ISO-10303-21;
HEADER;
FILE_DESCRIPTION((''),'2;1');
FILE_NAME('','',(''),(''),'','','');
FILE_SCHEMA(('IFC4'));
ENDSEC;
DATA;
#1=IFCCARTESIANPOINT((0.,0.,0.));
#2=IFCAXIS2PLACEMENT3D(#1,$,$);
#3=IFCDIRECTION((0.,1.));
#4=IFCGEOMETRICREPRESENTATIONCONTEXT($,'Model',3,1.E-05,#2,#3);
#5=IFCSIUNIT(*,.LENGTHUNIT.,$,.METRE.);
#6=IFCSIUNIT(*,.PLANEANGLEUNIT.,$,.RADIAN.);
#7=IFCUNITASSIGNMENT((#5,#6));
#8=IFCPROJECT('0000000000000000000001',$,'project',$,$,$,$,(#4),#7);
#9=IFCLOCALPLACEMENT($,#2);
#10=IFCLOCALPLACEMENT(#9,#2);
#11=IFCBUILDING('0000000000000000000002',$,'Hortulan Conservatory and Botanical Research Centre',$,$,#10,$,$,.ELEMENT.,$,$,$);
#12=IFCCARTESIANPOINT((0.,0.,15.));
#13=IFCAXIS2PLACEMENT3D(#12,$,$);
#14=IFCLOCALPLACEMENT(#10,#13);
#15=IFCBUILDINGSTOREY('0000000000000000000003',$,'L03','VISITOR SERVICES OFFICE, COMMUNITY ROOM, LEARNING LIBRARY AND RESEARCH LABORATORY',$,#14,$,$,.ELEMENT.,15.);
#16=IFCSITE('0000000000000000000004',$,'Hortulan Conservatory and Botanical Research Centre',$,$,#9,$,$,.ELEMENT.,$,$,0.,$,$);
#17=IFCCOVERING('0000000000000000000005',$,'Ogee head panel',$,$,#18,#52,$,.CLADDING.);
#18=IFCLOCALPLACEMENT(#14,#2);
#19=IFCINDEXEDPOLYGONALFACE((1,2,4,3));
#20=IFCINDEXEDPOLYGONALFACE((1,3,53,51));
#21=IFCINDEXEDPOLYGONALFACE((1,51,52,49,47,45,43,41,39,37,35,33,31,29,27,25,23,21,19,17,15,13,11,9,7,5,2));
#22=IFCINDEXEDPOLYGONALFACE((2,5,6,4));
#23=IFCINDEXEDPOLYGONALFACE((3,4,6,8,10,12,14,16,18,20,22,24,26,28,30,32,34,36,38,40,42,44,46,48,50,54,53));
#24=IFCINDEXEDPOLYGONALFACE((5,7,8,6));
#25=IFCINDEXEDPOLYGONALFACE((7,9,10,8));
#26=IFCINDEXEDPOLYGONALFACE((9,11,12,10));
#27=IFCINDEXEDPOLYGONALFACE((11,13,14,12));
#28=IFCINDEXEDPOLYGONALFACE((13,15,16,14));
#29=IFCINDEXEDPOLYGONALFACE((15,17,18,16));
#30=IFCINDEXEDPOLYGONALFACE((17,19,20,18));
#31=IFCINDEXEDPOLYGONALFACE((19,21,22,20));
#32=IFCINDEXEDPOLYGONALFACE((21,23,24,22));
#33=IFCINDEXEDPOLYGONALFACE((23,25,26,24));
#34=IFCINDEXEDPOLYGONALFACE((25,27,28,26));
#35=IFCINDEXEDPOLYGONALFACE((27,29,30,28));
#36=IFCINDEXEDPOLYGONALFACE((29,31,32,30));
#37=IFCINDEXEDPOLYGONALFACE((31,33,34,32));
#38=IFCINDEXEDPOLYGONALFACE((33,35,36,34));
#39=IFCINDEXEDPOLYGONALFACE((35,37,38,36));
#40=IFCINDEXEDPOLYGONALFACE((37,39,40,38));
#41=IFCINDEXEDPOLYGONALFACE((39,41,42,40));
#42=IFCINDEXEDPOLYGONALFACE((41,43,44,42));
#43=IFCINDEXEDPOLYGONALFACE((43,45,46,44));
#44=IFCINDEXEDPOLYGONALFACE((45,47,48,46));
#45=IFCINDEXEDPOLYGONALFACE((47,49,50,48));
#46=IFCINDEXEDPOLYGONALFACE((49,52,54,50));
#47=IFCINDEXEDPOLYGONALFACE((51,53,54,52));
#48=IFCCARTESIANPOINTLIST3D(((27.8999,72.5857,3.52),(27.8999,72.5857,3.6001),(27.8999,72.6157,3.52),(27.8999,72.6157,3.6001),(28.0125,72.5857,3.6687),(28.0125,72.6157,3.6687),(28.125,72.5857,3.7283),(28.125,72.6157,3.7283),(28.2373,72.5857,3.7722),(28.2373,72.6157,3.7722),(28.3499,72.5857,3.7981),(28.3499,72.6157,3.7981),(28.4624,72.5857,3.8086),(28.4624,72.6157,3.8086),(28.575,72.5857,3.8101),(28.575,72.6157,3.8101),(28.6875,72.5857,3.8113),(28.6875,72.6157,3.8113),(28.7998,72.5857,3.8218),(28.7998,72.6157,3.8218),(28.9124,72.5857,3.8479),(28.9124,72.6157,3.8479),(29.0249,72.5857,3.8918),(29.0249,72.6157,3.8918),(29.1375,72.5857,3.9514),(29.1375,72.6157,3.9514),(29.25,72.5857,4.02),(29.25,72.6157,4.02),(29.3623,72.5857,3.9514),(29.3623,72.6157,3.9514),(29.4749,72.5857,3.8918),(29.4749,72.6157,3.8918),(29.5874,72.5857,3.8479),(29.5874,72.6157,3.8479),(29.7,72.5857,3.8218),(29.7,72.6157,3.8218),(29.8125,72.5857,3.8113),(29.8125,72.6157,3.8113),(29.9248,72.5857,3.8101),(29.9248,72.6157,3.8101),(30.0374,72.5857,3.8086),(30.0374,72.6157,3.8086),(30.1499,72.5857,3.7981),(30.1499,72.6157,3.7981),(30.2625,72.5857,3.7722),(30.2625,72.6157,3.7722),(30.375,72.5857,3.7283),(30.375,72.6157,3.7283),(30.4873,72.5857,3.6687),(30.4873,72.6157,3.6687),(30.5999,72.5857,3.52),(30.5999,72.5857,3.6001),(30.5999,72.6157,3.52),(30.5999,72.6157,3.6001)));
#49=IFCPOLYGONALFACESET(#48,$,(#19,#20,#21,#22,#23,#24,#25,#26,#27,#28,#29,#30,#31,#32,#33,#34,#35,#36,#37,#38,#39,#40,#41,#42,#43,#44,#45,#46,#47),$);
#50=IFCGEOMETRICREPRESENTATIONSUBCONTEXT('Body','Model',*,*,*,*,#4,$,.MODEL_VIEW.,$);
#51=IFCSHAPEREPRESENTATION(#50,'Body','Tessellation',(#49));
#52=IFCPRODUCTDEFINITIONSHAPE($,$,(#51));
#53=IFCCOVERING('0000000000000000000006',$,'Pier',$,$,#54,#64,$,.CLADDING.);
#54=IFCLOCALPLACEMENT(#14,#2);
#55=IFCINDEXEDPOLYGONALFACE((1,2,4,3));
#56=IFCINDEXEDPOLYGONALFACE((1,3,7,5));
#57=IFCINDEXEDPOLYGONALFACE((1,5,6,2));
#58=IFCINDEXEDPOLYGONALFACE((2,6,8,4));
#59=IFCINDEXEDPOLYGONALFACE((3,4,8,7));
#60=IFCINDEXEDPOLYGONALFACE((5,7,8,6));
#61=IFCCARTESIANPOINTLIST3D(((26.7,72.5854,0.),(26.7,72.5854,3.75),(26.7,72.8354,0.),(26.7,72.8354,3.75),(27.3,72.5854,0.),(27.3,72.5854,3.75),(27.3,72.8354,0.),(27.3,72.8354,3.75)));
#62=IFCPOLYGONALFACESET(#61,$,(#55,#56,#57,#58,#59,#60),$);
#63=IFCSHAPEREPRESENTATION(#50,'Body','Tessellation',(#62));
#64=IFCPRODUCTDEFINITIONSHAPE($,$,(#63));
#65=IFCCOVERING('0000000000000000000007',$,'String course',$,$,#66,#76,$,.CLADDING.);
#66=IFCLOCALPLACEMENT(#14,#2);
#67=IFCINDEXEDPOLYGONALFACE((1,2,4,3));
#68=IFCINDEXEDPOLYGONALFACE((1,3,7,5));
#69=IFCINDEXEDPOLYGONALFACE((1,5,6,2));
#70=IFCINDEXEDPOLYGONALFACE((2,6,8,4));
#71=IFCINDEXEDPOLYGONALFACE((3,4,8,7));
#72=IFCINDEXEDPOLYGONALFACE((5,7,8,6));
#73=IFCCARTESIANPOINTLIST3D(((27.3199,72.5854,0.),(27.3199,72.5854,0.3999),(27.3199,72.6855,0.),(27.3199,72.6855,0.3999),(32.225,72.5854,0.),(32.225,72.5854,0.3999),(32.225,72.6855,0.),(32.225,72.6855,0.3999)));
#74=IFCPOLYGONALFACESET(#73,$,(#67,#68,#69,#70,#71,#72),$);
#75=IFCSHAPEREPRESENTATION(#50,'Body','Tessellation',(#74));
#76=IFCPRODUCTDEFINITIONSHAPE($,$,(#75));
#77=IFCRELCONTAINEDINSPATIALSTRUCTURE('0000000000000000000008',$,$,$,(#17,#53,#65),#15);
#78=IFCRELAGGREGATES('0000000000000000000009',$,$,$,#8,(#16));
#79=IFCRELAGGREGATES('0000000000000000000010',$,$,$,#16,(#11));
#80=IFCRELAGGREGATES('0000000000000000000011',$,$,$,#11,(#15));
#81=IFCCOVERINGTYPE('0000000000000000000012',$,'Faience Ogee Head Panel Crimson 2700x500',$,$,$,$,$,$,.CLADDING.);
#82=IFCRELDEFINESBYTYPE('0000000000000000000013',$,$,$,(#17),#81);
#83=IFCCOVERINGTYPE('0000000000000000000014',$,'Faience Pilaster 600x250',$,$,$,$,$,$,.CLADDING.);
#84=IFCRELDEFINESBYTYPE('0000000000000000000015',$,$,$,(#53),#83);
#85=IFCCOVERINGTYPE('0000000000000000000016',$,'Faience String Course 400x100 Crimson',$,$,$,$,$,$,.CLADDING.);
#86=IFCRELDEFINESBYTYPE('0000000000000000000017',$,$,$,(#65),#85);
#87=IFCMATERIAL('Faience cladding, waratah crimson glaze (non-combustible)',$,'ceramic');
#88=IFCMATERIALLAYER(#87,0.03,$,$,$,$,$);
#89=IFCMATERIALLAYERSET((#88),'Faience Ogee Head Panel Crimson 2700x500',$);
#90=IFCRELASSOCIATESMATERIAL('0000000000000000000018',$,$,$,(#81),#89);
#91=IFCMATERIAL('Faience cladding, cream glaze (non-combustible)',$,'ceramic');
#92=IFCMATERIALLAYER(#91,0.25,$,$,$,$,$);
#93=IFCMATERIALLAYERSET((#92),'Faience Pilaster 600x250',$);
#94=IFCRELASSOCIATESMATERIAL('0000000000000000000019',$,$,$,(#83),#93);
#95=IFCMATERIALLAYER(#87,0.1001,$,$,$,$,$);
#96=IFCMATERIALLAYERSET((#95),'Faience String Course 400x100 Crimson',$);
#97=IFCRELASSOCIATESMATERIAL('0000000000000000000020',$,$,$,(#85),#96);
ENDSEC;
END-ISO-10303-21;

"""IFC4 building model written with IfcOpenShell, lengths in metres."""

from ifc_helpers import new_model, si_unit, direction, frame, origin, origin_2d, place, context, subcontext, project, spatial, polyline, rectangle, outline, extrude, material, layer, layer_set, type_object, element, save


model = new_model("IFC4")

# Units and contexts
model_context = context("Model", 3, precision=1e-05, world=origin(), true_north=direction((0.0, 1.0)))
body_context = subcontext(model_context, "Body", "Model", "MODEL_VIEW")
ifc_project = project(units=[si_unit("LENGTHUNIT", "METRE"), si_unit("PLANEANGLEUNIT", "RADIAN")], contexts=[model_context])

# Site, building, storey
site_placement = place(None, origin())
site = spatial("IfcSite", under=ifc_project, at=site_placement, Name="Hortulan Conservatory and Botanical Research Centre", CompositionType="ELEMENT", RefElevation=0.0)
building_placement = place(site_placement, origin())
building = spatial("IfcBuilding", under=site, at=building_placement, Name="Hortulan Conservatory and Botanical Research Centre", CompositionType="ELEMENT")
storey_placement = place(building_placement, frame((0.0, 0.0, 15.0)))
storey = spatial("IfcBuildingStorey", under=building, at=storey_placement, Name="L03", Description="VISITOR SERVICES OFFICE, COMMUNITY ROOM, LEARNING LIBRARY AND RESEARCH LABORATORY", CompositionType="ELEMENT", Elevation=15.0)

# Coverings
ifc_material_1 = material(Name="Faience cladding, waratah crimson glaze (non-combustible)", Category="ceramic")
ifc_layer_1 = layer(ifc_material_1, 0.03)
ifc_layer_set_1 = layer_set([ifc_layer_1], Name="Faience Ogee Head Panel Crimson 2700x500")
covering_type_1 = type_object("IfcCoveringType", Name="Faience Ogee Head Panel Crimson 2700x500", PredefinedType="CLADDING", material=ifc_layer_set_1)
covering_1_placement = place(storey_placement, frame((27.8999, 72.6006, 3.52), z_axis=(0.0, 0.0, 1.0), x_axis=(1.0, 0.0, 0.0)))
element("IfcCovering", 1, at=covering_1_placement, inside=storey, type_object=covering_type_1, Name="Ogee head panel", PredefinedType="CLADDING", context=body_context, shape_type="SweptSolid", body=[
    extrude(outline(polyline([(0.0, 0.0), (2.7, 0.0), (2.7, 0.0801), (2.5874, 0.1487), (2.4751, 0.2083), (2.3625, 0.2522), (2.25, 0.2781), (2.1375, 0.2886), (2.0249, 0.29), (1.9126, 0.2913), (1.8, 0.3018), (1.6875, 0.3279), (1.575, 0.3718), (1.4624, 0.4314), (1.3501, 0.5), (1.2375, 0.4314), (1.125, 0.3718), (1.0125, 0.3279), (0.8999, 0.3018), (0.7876, 0.2913), (0.675, 0.29), (0.5625, 0.2886), (0.45, 0.2781), (0.3374, 0.2522), (0.2251, 0.2083), (0.1125, 0.1487), (0.0, 0.0801), (0.0, 0.0)])), frame((0.0, 0.0151, 0.0), z_axis=(0.0, -1.0, 0.0), x_axis=(1.0, 0.0, 0.0)), (0.0, 0.0, 1.0), 0.03),
])
ifc_material_2 = material(Name="Faience cladding, cream glaze (non-combustible)", Category="ceramic")
ifc_layer_2 = layer(ifc_material_2, 0.25)
ifc_layer_set_2 = layer_set([ifc_layer_2], Name="Faience Pilaster 600x250")
covering_type_2 = type_object("IfcCoveringType", Name="Faience Pilaster 600x250", PredefinedType="CLADDING", material=ifc_layer_set_2)
covering_2_placement = place(storey_placement, frame((27.0, 72.7104, 0.0), z_axis=(0.0, 0.0, 1.0), x_axis=(1.0, 0.0, 0.0)))
element("IfcCovering", 2, at=covering_2_placement, inside=storey, type_object=covering_type_2, Name="Pier", PredefinedType="CLADDING", context=body_context, shape_type="SweptSolid", body=[
    extrude(rectangle(XDim=0.6001, YDim=0.25, at=origin_2d()), origin(), (0.0, 0.0, 1.0), 3.75),
])
ifc_layer_3 = layer(ifc_material_1, 0.1001)
ifc_layer_set_3 = layer_set([ifc_layer_3], Name="Faience String Course 400x100 Crimson")
covering_type_3 = type_object("IfcCoveringType", Name="Faience String Course 400x100 Crimson", PredefinedType="CLADDING", material=ifc_layer_set_3)
covering_3_placement = place(storey_placement, frame((29.7725, 72.6355, 0.0), z_axis=(0.0, 0.0, 1.0), x_axis=(1.0, 0.0, 0.0)))
element("IfcCovering", 3, at=covering_3_placement, inside=storey, type_object=covering_type_3, Name="String course", PredefinedType="CLADDING", context=body_context, shape_type="SweptSolid", body=[
    extrude(rectangle(XDim=4.905, YDim=0.1001, at=origin_2d()), origin(), (0.0, 0.0, 1.0), 0.3999),
])

save(model, "model.ifc")
